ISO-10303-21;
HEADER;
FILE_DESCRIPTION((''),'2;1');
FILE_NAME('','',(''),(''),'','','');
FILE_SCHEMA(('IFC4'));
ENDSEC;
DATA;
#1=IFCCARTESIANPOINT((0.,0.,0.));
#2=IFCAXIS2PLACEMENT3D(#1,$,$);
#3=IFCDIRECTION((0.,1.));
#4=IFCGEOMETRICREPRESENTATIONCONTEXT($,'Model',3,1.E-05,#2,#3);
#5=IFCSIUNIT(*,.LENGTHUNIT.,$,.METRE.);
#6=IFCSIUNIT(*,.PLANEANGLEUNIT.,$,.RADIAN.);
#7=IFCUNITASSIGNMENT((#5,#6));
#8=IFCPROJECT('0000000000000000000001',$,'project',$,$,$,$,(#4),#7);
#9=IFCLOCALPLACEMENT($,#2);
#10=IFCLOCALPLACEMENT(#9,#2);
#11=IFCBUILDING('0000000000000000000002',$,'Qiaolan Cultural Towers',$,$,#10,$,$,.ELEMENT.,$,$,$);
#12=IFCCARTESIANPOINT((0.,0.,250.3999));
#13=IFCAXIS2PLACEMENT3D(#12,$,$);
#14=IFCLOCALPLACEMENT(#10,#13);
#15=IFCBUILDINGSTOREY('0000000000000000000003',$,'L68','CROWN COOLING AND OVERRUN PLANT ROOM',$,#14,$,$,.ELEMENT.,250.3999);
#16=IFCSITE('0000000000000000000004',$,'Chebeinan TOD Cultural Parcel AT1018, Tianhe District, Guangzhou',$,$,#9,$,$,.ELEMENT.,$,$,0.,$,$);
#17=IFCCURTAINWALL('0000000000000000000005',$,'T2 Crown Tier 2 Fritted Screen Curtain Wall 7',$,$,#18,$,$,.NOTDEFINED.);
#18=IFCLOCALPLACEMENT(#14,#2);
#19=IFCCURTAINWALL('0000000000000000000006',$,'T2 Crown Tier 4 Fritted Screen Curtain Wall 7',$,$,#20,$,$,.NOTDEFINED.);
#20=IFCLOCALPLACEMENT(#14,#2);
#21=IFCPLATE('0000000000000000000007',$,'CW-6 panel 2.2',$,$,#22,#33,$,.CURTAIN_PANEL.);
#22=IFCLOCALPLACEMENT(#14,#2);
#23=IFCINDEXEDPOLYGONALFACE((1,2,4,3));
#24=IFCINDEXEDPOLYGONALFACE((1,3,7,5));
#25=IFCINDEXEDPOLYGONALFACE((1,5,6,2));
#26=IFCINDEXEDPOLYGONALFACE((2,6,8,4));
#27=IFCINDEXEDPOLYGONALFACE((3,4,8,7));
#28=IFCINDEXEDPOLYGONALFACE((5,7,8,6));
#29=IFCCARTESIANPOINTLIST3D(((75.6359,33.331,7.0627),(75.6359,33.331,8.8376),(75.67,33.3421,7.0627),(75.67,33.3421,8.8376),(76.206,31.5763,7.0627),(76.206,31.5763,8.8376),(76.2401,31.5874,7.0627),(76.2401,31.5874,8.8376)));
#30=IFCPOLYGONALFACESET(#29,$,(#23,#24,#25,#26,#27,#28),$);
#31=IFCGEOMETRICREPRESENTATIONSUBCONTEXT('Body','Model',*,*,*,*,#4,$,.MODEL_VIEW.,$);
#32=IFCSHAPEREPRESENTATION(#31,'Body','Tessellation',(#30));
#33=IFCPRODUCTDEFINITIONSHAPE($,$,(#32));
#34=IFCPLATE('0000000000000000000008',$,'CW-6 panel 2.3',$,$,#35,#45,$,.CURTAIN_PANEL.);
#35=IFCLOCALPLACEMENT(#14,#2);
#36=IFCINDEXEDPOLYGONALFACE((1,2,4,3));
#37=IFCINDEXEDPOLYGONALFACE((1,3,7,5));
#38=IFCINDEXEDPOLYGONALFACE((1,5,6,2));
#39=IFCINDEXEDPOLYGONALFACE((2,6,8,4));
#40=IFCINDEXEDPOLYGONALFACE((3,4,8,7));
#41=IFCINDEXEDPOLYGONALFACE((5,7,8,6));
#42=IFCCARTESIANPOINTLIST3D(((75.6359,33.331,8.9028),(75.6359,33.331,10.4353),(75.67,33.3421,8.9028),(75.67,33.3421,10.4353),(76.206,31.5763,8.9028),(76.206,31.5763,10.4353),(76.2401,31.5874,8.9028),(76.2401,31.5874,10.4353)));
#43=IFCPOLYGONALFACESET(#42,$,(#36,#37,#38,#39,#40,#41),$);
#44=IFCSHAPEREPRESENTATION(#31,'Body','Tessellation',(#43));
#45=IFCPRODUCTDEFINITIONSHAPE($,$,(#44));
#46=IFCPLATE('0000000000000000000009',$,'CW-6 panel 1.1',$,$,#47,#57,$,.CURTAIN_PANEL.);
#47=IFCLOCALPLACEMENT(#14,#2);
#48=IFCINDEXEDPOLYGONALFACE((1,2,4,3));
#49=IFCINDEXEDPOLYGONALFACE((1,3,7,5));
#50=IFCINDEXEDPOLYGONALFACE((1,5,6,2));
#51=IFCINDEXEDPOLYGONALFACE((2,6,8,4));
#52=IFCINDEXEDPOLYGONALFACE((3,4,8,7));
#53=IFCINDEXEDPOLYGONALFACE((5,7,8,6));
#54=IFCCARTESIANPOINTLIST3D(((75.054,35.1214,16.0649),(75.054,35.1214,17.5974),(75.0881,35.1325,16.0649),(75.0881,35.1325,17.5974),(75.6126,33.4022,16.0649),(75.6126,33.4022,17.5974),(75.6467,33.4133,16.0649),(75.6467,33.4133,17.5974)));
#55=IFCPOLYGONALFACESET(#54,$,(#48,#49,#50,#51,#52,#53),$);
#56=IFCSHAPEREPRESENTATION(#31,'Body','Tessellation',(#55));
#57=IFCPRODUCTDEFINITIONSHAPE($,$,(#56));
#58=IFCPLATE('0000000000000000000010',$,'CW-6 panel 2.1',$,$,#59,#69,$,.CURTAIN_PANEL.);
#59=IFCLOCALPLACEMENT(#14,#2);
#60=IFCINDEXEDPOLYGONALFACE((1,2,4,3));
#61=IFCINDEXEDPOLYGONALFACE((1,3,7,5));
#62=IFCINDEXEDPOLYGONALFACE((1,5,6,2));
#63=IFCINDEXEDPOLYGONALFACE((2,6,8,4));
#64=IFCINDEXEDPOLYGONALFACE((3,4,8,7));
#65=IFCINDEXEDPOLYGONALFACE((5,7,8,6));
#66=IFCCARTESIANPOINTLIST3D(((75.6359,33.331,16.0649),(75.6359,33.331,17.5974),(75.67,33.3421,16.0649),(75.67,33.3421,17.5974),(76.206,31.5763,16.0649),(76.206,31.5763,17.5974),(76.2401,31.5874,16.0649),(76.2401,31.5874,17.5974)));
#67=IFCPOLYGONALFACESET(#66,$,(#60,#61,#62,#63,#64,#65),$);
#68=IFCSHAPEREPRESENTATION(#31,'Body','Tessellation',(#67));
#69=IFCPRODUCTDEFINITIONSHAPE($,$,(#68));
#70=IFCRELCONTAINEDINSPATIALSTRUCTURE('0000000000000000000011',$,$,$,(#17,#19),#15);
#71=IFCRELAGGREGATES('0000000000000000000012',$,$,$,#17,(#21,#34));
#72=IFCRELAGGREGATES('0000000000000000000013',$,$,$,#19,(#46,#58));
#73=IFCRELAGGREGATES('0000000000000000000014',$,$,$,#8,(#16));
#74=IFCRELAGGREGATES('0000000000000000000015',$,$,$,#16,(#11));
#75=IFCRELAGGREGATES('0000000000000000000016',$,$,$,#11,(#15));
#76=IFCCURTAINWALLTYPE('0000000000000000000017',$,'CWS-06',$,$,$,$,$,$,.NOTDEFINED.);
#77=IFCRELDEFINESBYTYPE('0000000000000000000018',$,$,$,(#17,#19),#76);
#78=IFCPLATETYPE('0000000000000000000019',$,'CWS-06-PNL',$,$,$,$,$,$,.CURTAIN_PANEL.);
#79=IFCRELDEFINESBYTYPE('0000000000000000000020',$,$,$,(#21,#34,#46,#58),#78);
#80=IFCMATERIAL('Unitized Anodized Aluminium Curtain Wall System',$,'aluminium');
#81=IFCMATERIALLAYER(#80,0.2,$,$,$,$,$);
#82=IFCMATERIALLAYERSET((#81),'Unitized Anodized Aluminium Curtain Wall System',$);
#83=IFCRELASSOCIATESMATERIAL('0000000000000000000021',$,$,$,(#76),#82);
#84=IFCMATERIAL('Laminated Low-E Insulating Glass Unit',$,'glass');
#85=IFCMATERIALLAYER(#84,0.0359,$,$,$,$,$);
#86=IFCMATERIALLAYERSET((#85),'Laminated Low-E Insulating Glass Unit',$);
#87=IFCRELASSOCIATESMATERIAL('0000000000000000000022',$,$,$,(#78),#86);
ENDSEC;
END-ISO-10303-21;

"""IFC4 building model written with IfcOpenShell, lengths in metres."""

from ifc_helpers import new_model, si_unit, direction, frame, origin, origin_2d, place, context, subcontext, project, spatial, rectangle, extrude, material, layer, layer_set, type_object, element, aggregate, save


model = new_model("IFC4")

# Units and contexts
model_context = context("Model", 3, precision=1e-05, world=origin(), true_north=direction((0.0, 1.0)))
body_context = subcontext(model_context, "Body", "Model", "MODEL_VIEW")
ifc_project = project(units=[si_unit("LENGTHUNIT", "METRE"), si_unit("PLANEANGLEUNIT", "RADIAN")], contexts=[model_context])

# Site, building, storey
site_placement = place(None, origin())
site = spatial("IfcSite", under=ifc_project, at=site_placement, Name="Chebeinan TOD Cultural Parcel AT1018, Tianhe District, Guangzhou", CompositionType="ELEMENT", RefElevation=0.0)
building_placement = place(site_placement, origin())
building = spatial("IfcBuilding", under=site, at=building_placement, Name="Qiaolan Cultural Towers", CompositionType="ELEMENT")
storey_placement = place(building_placement, frame((0.0, 0.0, 250.3999)))
storey = spatial("IfcBuildingStorey", under=building, at=storey_placement, Name="L68", Description="CROWN COOLING AND OVERRUN PLANT ROOM", CompositionType="ELEMENT", Elevation=250.3999)

# Curtain walls
ifc_material_1 = material(Name="Unitized Anodized Aluminium Curtain Wall System", Category="aluminium")
ifc_layer_1 = layer(ifc_material_1, 0.2)
ifc_layer_set_1 = layer_set([ifc_layer_1], Name="Unitized Anodized Aluminium Curtain Wall System")
curtain_wall_type = type_object("IfcCurtainWallType", Name="CWS-06", PredefinedType="NOTDEFINED", material=ifc_layer_set_1)
curtain_wall_1_placement = place(storey_placement, origin())
curtain_wall_1 = element("IfcCurtainWall", 1, at=curtain_wall_1_placement, inside=storey, type_object=curtain_wall_type, Name="T2 Crown Tier 2 Fritted Screen Curtain Wall 7", PredefinedType="NOTDEFINED")
curtain_wall_2_placement = place(storey_placement, origin())
curtain_wall_2 = element("IfcCurtainWall", 2, at=curtain_wall_2_placement, inside=storey, type_object=curtain_wall_type, Name="T2 Crown Tier 4 Fritted Screen Curtain Wall 7", PredefinedType="NOTDEFINED")

# Plates
ifc_material_2 = material(Name="Laminated Low-E Insulating Glass Unit", Category="glass")
ifc_layer_2 = layer(ifc_material_2, 0.0359)
ifc_layer_set_2 = layer_set([ifc_layer_2], Name="Laminated Low-E Insulating Glass Unit")
plate_type = type_object("IfcPlateType", Name="CWS-06-PNL", PredefinedType="CURTAIN_PANEL", material=ifc_layer_set_2)
plate_1_placement = place(storey_placement, frame((75.938, 32.4592, 7.0627), z_axis=(0.0, 0.0, 1.0), x_axis=(0.309017, -0.951057, 0.0)))
plate_1 = element("IfcPlate", 3, at=plate_1_placement, type_object=plate_type, Name="CW-6 panel 2.2", PredefinedType="CURTAIN_PANEL", context=body_context, shape_type="SweptSolid", body=[
    extrude(rectangle(XDim=1.845, YDim=0.0359, at=origin_2d()), origin(), (0.0, 0.0, 1.0), 1.7749),
])
plate_2_placement = place(storey_placement, frame((75.938, 32.4592, 8.9028), z_axis=(0.0, 0.0, 1.0), x_axis=(0.309017, -0.951057, 0.0)))
plate_2 = element("IfcPlate", 4, at=plate_2_placement, type_object=plate_type, Name="CW-6 panel 2.3", PredefinedType="CURTAIN_PANEL", context=body_context, shape_type="SweptSolid", body=[
    extrude(rectangle(XDim=1.845, YDim=0.0359, at=origin_2d()), origin(), (0.0, 0.0, 1.0), 1.5325),
])
aggregate(curtain_wall_1, [plate_1, plate_2])
plate_3_placement = place(storey_placement, frame((75.3503, 34.2673, 16.0649), z_axis=(0.0, 0.0, 1.0), x_axis=(0.309017, -0.951057, 0.0)))
plate_3 = element("IfcPlate", 5, at=plate_3_placement, type_object=plate_type, Name="CW-6 panel 1.1", PredefinedType="CURTAIN_PANEL", context=body_context, shape_type="SweptSolid", body=[
    extrude(rectangle(XDim=1.8076, YDim=0.0359, at=origin_2d()), origin(), (0.0, 0.0, 1.0), 1.5325),
])
plate_4_placement = place(storey_placement, frame((75.938, 32.4592, 16.0649), z_axis=(0.0, 0.0, 1.0), x_axis=(0.309017, -0.951057, 0.0)))
plate_4 = element("IfcPlate", 6, at=plate_4_placement, type_object=plate_type, Name="CW-6 panel 2.1", PredefinedType="CURTAIN_PANEL", context=body_context, shape_type="SweptSolid", body=[
    extrude(rectangle(XDim=1.845, YDim=0.0359, at=origin_2d()), origin(), (0.0, 0.0, 1.0), 1.5325),
])
aggregate(curtain_wall_2, [plate_3, plate_4])

save(model, "model.ifc")
